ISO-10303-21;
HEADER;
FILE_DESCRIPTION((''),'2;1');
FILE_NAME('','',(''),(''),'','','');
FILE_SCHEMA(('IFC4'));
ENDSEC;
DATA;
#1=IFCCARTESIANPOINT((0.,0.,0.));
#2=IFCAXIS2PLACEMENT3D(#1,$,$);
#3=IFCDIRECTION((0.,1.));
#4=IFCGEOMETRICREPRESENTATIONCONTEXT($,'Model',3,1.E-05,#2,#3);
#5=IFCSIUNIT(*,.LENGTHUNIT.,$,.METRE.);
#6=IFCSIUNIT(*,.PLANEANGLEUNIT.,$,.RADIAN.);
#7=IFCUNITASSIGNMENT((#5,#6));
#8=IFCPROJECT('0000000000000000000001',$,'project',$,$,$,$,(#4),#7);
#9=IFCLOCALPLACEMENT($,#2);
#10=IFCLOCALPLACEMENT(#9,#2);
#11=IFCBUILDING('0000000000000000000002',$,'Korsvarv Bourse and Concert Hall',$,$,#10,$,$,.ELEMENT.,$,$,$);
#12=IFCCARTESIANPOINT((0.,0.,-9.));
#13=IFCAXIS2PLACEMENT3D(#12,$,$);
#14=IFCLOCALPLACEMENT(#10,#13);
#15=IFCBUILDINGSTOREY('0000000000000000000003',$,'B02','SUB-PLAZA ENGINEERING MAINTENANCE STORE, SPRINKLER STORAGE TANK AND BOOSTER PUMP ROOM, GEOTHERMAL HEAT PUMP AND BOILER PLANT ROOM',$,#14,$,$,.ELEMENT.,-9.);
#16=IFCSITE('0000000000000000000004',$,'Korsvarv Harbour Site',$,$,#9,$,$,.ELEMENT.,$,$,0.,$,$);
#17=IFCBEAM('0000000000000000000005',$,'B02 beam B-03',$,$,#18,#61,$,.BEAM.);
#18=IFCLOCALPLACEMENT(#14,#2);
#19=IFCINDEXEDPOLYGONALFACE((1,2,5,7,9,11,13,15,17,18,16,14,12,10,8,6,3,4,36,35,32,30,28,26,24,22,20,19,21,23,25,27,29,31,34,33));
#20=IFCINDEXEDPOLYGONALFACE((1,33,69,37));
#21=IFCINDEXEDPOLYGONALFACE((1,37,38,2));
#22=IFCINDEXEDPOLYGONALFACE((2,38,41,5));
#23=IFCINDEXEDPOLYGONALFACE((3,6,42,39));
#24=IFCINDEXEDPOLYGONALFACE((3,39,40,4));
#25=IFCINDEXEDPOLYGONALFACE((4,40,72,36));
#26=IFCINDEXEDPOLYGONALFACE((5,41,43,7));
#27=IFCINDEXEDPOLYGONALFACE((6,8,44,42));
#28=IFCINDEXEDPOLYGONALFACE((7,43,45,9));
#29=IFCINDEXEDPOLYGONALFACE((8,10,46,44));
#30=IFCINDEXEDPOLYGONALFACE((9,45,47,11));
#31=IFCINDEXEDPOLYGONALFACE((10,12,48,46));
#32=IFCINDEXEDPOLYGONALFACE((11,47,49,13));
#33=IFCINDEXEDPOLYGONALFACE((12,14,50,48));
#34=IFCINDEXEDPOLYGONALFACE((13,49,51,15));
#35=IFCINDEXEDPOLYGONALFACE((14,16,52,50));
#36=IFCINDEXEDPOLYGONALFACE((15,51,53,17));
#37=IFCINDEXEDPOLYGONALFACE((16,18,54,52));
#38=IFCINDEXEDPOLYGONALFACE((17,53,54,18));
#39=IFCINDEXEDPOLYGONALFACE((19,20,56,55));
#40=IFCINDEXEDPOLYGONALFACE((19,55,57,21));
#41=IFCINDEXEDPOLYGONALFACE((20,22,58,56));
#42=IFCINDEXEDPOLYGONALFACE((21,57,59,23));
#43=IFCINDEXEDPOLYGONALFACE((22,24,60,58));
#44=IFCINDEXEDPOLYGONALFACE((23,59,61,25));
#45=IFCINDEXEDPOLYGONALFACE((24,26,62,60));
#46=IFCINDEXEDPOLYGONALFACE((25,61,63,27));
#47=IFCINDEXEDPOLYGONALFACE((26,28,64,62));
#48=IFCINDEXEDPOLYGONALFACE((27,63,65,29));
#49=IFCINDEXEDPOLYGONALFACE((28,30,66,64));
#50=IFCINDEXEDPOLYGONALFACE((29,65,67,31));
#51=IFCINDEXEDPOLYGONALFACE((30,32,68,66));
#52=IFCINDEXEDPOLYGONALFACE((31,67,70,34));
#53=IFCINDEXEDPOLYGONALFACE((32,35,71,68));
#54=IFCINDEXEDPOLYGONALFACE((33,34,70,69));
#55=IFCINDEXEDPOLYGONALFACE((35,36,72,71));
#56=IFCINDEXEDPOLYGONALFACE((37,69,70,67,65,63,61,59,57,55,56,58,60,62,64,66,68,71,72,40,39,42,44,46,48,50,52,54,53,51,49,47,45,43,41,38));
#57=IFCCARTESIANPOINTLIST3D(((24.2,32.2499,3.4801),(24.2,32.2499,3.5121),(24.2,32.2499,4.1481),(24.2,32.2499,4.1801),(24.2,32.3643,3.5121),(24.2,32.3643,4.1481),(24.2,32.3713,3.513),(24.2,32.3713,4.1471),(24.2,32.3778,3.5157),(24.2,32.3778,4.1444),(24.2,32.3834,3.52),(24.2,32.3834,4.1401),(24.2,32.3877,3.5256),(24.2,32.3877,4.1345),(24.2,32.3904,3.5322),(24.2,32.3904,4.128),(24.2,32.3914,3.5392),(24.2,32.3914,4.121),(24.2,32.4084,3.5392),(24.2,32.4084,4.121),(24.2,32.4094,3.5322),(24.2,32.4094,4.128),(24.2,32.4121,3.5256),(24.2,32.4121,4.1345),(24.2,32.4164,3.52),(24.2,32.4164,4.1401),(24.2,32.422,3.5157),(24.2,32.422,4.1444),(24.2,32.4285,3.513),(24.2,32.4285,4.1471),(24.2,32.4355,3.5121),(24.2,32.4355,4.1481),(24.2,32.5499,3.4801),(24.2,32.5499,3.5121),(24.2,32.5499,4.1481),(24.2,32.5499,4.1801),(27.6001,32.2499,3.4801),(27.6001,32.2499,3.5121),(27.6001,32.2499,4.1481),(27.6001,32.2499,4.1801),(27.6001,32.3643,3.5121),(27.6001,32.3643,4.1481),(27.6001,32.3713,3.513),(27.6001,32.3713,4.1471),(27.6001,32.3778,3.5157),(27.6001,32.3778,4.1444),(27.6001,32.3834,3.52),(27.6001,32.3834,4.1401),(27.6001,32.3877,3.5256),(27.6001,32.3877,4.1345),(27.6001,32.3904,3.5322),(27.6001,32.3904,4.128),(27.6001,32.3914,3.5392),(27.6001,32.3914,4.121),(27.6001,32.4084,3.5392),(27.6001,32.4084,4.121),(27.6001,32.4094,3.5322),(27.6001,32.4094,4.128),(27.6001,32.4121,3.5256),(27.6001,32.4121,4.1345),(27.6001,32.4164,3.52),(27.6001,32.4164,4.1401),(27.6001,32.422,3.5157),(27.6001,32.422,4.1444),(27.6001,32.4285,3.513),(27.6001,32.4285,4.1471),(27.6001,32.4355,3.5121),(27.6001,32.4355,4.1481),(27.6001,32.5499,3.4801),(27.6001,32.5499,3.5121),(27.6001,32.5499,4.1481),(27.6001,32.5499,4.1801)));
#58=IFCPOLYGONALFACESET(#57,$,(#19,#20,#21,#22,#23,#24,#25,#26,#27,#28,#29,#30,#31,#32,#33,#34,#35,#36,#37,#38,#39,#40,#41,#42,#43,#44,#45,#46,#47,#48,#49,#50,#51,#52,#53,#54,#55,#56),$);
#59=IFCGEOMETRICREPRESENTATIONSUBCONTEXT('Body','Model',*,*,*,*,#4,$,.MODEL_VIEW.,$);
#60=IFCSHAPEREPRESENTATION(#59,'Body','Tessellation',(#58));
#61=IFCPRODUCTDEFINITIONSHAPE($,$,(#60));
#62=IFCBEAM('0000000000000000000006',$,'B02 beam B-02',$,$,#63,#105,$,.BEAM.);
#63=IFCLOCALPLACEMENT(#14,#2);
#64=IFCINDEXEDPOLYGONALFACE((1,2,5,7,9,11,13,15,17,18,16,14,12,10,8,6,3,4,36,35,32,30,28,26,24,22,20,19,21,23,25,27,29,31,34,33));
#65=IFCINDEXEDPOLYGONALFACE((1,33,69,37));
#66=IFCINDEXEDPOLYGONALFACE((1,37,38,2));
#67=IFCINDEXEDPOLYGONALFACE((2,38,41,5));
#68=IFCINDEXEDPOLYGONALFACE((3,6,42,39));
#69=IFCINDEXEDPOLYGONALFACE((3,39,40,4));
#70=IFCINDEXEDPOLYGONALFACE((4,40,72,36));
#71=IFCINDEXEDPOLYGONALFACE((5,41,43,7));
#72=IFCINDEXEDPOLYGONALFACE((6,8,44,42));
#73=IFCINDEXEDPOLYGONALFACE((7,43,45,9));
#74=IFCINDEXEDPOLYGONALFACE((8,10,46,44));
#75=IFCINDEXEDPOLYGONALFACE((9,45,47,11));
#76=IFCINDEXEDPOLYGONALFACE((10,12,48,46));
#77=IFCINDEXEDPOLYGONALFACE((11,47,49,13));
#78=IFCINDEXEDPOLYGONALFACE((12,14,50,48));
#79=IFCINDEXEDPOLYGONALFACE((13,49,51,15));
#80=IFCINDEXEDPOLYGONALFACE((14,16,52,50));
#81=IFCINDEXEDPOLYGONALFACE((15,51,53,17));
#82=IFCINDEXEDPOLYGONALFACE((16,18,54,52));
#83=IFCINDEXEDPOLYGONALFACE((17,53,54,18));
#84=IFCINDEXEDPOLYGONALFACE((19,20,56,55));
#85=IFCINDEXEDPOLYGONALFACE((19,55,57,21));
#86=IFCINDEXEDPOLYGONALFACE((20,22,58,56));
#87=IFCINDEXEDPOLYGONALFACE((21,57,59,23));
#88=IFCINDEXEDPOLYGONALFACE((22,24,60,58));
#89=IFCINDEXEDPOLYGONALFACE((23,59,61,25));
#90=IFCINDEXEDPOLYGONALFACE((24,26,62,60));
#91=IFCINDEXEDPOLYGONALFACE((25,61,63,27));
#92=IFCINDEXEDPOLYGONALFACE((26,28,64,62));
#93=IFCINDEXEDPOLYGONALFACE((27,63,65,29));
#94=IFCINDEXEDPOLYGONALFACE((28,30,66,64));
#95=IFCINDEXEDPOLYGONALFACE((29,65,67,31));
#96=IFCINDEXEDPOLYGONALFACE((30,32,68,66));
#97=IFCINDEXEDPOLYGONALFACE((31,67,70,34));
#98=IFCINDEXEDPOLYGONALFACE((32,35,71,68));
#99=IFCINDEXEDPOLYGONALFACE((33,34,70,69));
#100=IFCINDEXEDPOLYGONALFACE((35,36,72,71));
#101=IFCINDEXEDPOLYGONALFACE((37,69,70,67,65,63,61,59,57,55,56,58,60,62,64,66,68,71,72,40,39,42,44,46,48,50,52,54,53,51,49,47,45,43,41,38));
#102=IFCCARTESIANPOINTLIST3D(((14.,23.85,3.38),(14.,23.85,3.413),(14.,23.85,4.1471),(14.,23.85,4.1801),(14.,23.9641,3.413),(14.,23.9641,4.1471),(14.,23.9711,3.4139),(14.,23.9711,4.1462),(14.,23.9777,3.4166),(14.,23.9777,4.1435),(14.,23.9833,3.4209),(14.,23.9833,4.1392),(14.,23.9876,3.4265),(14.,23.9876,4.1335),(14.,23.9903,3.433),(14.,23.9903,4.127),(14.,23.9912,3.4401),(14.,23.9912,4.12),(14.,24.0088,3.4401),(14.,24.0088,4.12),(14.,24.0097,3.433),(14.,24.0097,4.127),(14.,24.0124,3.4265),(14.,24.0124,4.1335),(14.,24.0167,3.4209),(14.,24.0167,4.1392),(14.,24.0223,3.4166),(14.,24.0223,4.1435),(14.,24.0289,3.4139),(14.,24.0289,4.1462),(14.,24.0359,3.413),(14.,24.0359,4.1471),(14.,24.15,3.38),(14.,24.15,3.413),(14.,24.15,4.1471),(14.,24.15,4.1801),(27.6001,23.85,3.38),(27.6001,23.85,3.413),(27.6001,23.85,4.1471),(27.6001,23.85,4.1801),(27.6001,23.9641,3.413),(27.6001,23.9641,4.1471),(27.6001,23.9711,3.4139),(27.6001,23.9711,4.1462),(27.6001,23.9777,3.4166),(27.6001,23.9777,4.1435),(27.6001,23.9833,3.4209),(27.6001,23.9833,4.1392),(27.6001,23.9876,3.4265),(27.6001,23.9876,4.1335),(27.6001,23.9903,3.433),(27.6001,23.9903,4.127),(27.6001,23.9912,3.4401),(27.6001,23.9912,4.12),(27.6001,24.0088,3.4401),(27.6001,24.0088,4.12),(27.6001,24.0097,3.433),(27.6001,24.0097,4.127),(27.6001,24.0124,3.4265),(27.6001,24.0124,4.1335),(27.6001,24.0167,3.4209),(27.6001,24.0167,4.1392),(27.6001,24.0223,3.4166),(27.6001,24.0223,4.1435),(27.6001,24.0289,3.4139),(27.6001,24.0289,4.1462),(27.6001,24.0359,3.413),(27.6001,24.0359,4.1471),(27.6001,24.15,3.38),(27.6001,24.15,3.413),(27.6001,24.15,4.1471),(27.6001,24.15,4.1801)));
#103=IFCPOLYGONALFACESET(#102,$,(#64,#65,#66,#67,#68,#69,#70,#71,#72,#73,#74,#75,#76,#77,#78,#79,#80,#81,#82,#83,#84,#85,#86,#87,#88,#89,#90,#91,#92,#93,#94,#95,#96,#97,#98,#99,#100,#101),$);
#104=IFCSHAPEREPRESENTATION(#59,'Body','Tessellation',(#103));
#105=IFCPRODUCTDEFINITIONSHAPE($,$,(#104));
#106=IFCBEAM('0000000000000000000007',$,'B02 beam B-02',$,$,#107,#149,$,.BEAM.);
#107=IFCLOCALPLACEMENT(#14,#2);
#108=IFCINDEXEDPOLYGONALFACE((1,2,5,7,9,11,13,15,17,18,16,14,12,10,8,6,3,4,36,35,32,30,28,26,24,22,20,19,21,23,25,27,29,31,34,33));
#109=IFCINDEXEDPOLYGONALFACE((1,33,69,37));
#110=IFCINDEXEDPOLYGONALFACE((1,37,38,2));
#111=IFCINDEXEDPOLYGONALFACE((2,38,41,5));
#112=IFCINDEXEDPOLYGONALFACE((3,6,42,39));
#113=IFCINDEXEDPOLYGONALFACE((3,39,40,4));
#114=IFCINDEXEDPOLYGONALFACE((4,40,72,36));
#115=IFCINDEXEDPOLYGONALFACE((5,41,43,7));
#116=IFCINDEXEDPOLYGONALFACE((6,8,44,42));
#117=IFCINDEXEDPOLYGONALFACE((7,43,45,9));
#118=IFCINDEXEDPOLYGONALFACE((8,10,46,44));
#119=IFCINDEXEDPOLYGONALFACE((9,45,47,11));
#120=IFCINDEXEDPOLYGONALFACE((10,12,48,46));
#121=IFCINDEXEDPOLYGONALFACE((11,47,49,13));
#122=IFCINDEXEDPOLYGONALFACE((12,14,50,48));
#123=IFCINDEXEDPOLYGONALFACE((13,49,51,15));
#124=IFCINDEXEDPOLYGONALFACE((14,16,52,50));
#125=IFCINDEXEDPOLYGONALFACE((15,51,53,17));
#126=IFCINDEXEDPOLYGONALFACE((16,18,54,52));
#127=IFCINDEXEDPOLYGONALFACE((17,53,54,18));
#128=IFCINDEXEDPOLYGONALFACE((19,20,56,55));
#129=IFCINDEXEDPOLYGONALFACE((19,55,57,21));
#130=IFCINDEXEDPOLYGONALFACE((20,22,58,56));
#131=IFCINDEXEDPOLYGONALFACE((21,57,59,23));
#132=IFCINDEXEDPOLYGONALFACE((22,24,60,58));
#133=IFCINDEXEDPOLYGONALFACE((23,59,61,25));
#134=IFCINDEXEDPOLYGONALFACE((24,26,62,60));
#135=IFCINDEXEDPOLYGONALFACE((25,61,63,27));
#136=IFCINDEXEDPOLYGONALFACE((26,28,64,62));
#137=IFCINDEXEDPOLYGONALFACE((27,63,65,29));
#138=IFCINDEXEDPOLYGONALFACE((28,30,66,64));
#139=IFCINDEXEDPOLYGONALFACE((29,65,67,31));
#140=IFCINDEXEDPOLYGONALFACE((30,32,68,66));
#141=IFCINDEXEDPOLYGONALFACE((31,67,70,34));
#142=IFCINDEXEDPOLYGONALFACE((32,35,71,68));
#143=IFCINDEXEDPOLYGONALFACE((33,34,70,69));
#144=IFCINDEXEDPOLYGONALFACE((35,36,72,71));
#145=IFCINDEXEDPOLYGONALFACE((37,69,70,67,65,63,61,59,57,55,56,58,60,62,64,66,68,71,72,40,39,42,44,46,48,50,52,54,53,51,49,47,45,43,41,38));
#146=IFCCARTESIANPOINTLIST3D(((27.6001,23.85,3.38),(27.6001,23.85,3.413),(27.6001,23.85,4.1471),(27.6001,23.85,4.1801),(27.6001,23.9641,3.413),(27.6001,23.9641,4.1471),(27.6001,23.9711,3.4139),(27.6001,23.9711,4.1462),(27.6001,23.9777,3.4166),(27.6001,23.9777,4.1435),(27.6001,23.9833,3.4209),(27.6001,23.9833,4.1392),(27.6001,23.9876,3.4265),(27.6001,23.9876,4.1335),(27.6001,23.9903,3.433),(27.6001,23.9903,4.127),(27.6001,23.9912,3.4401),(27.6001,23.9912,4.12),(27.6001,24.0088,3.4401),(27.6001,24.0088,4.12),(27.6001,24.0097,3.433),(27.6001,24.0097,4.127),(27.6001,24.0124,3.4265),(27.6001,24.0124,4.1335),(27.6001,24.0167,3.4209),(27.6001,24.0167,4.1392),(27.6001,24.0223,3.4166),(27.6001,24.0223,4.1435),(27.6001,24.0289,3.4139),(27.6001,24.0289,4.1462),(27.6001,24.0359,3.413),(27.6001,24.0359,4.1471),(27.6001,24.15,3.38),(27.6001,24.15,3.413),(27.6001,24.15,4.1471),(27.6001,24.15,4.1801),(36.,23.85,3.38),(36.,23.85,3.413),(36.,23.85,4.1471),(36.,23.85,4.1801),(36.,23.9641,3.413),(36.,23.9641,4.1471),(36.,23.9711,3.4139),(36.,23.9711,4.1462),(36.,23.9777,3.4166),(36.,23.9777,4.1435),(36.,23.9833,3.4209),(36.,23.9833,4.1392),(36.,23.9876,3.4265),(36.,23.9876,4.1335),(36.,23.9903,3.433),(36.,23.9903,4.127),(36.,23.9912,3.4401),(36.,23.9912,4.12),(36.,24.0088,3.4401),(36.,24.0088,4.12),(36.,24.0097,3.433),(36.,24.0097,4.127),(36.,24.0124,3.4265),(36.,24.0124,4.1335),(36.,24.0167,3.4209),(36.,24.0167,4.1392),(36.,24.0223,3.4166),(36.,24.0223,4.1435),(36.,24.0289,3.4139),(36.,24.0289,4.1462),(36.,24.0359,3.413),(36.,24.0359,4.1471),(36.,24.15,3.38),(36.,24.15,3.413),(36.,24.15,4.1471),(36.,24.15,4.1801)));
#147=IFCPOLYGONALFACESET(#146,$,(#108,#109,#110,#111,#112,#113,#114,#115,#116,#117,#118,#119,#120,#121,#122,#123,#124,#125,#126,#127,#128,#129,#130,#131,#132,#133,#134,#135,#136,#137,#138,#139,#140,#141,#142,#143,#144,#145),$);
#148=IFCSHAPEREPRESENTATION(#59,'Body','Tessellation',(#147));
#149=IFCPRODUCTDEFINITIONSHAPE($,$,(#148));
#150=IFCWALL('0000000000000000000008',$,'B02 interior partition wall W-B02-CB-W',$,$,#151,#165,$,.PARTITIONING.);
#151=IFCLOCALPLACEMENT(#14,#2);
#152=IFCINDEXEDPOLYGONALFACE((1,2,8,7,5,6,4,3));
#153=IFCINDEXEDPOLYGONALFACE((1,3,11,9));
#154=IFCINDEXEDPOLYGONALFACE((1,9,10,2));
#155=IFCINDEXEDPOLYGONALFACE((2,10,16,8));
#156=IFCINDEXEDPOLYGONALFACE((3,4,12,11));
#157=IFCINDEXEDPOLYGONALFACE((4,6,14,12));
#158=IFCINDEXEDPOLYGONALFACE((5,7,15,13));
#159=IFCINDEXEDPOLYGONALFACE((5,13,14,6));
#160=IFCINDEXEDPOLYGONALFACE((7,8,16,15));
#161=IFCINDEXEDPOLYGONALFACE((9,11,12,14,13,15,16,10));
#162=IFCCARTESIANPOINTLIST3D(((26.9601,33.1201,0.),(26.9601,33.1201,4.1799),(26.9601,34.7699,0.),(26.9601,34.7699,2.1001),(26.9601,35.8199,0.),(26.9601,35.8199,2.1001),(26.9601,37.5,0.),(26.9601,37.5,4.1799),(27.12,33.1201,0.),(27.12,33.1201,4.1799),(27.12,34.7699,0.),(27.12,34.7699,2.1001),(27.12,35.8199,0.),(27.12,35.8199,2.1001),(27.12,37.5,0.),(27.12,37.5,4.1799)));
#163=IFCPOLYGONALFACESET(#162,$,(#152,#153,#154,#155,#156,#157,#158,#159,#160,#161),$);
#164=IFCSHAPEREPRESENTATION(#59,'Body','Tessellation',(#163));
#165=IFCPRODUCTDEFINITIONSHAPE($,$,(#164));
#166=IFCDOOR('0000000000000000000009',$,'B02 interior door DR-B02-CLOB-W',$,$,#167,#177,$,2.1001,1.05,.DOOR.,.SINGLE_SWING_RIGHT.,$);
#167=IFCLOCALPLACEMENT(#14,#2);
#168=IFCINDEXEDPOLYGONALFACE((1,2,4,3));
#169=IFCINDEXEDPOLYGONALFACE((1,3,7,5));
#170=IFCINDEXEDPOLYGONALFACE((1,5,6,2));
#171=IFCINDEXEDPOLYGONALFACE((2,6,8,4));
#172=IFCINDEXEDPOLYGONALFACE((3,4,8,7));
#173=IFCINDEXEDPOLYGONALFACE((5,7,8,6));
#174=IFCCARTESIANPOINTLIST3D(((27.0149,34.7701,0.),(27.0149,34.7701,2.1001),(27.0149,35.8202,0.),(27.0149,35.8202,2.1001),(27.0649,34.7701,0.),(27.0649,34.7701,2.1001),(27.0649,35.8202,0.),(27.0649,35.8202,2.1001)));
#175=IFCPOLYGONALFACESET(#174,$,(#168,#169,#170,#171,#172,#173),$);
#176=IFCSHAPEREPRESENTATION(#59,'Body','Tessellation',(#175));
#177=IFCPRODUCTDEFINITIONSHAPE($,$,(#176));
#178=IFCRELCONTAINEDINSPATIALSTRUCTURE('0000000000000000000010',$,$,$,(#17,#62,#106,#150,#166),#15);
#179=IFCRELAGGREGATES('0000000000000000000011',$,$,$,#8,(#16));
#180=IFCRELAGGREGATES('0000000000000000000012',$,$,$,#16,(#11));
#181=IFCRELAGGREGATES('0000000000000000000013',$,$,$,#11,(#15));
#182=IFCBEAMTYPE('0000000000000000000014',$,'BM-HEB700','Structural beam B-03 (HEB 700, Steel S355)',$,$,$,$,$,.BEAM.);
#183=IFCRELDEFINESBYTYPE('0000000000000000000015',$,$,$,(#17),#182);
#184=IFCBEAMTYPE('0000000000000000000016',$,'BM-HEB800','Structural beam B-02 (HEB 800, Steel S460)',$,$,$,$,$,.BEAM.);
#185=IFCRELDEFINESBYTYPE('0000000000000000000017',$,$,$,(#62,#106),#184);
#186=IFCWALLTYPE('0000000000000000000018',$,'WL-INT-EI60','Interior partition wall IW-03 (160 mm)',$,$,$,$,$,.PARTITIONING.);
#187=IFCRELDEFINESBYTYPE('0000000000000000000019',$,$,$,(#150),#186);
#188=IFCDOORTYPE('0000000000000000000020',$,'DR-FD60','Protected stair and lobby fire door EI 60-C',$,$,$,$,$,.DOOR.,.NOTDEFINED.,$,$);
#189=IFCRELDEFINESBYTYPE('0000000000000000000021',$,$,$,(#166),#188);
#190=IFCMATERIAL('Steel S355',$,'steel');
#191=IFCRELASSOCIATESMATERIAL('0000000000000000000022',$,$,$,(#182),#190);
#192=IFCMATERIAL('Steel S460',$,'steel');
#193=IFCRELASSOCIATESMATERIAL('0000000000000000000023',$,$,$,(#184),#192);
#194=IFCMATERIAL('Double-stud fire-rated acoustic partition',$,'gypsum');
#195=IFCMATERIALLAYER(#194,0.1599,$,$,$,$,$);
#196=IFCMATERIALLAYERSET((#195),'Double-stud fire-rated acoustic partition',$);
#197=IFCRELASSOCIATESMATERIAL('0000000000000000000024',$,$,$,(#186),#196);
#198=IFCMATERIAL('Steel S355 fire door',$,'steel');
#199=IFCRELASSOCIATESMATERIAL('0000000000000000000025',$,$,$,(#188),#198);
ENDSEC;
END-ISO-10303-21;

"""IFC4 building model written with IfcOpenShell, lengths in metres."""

from ifc_helpers import new_model, si_unit, direction, frame, frame_2d, origin, origin_2d, place, context, subcontext, project, spatial, rectangle, i_section, extrude, source, transform, mapped, material, layer, layer_set, material_profile, profile_set, type_object, element, fill, save


model = new_model("IFC4")

# Units and contexts
model_context = context("Model", 3, precision=1e-05, world=origin(), true_north=direction((0.0, 1.0)))
body_context = subcontext(model_context, "Body", "Model", "MODEL_VIEW")
ifc_project = project(units=[si_unit("LENGTHUNIT", "METRE"), si_unit("PLANEANGLEUNIT", "RADIAN")], contexts=[model_context])

# Site, building, storey
site_placement = place(None, origin())
site = spatial("IfcSite", under=ifc_project, at=site_placement, Name="Korsvarv Harbour Site", CompositionType="ELEMENT", RefElevation=0.0)
building_placement = place(site_placement, origin())
building = spatial("IfcBuilding", under=site, at=building_placement, Name="Korsvarv Bourse and Concert Hall", CompositionType="ELEMENT")
storey_placement = place(building_placement, frame((0.0, 0.0, -9.0)))
storey = spatial("IfcBuildingStorey", under=building, at=storey_placement, Name="B02", Description="SUB-PLAZA ENGINEERING MAINTENANCE STORE, SPRINKLER STORAGE TANK AND BOOSTER PUMP ROOM, GEOTHERMAL HEAT PUMP AND BOILER PLANT ROOM", CompositionType="ELEMENT", Elevation=-9.0)

# Shared definitions
ifc_material_1 = material(Name="Steel S460", Category="steel")

# Beams
ifc_material_2 = material(Name="Steel S355", Category="steel")
ifc_material_profile_1 = material_profile(ifc_material_2, i_section(OverallWidth=0.3, OverallDepth=0.7, WebThickness=0.0171, FlangeThickness=0.032, FilletRadius=0.0271, at=origin_2d()), Name="HEB 700")
ifc_profile_set_1 = profile_set([ifc_material_profile_1], Name="Steel S355")
beam_type_1 = type_object("IfcBeamType", Name="BM-HEB700", Description="Structural beam B-03 (HEB 700, Steel S355)", PredefinedType="BEAM", material=ifc_profile_set_1)
shared_shape_1 = source(origin(), body_context, "Body", "SweptSolid", [
    extrude(i_section(OverallWidth=0.3, OverallDepth=0.7, WebThickness=0.0171, FlangeThickness=0.032, FilletRadius=0.0271, at=origin_2d()), origin(), (0.0, 0.0, 1.0), 3.4001),
])
beam_1_placement = place(storey_placement, frame((24.2, 32.3999, 3.8301), z_axis=(1.0, 0.0, 0.0), x_axis=(0.0, 1.0, 0.0)))
element("IfcBeam", 1, at=beam_1_placement, inside=storey, type_object=beam_type_1, Name="B02 beam B-03", PredefinedType="BEAM", context=body_context, shape_type="MappedRepresentation", body=[
    mapped(shared_shape_1, transform((0.0, 0.0, 0.0), scale=1.0)),
])
ifc_material_profile_2 = material_profile(ifc_material_1, i_section(OverallWidth=0.3, OverallDepth=0.8, WebThickness=0.0176, FlangeThickness=0.033, FilletRadius=0.0271, at=origin_2d()), Name="HEB 800")
ifc_profile_set_2 = profile_set([ifc_material_profile_2], Name="Steel S460")
beam_type_2 = type_object("IfcBeamType", Name="BM-HEB800", Description="Structural beam B-02 (HEB 800, Steel S460)", PredefinedType="BEAM", material=ifc_profile_set_2)
shared_shape_2 = source(origin(), body_context, "Body", "SweptSolid", [
    extrude(i_section(OverallWidth=0.3, OverallDepth=0.8, WebThickness=0.0176, FlangeThickness=0.033, FilletRadius=0.0271, at=origin_2d()), origin(), (0.0, 0.0, 1.0), 13.6001),
])
beam_2_placement = place(storey_placement, frame((14.0, 24.0, 3.78), z_axis=(1.0, 0.0, 0.0), x_axis=(0.0, 1.0, 0.0)))
element("IfcBeam", 2, at=beam_2_placement, inside=storey, type_object=beam_type_2, Name="B02 beam B-02", PredefinedType="BEAM", context=body_context, shape_type="MappedRepresentation", body=[
    mapped(shared_shape_2, transform((0.0, 0.0, 0.0), scale=1.0)),
])
shared_shape_3 = source(origin(), body_context, "Body", "SweptSolid", [
    extrude(i_section(OverallWidth=0.3, OverallDepth=0.8, WebThickness=0.0176, FlangeThickness=0.033, FilletRadius=0.0271, at=origin_2d()), origin(), (0.0, 0.0, 1.0), 8.3999),
])
beam_3_placement = place(storey_placement, frame((27.6001, 24.0, 3.78), z_axis=(1.0, 0.0, 0.0), x_axis=(0.0, 1.0, 0.0)))
element("IfcBeam", 3, at=beam_3_placement, inside=storey, type_object=beam_type_2, Name="B02 beam B-02", PredefinedType="BEAM", context=body_context, shape_type="MappedRepresentation", body=[
    mapped(shared_shape_3, transform((0.0, 0.0, 0.0), scale=1.0)),
])

# Wall, opening, door
ifc_material_3 = material(Name="Double-stud fire-rated acoustic partition", Category="gypsum")
ifc_layer = layer(ifc_material_3, 0.1599)
ifc_layer_set = layer_set([ifc_layer], Name="Double-stud fire-rated acoustic partition")
wall_type = type_object("IfcWallType", Name="WL-INT-EI60", Description="Interior partition wall IW-03 (160 mm)", PredefinedType="PARTITIONING", material=ifc_layer_set)
wall_1_placement = place(storey_placement, frame((27.04, 33.1201, 0.0), z_axis=(0.0, 0.0, 1.0), x_axis=(0.0, 1.0, 0.0)))
wall_1 = element("IfcWall", 4, at=wall_1_placement, inside=storey, type_object=wall_type, Name="B02 interior partition wall W-B02-CB-W", PredefinedType="PARTITIONING", context=body_context, shape_type="SweptSolid", body=[
    extrude(rectangle(XDim=4.3799, YDim=0.1599, at=frame_2d((2.1899, 0.0))), origin(), (0.0, 0.0, 1.0), 4.1799),
])
opening_1_placement = place(wall_1_placement, frame((1.6499, 0.0, 0.0)))
opening_1 = element("IfcOpeningElement", 5, at=opening_1_placement, cuts=wall_1, PredefinedType="OPENING", context=body_context, shape_type="SweptSolid", body=[
    extrude(rectangle(XDim=1.05, YDim=2.1001, at=frame_2d((0.5249, 1.05))), frame((0.0, 0.0898, 0.0), z_axis=(0.0, -1.0, 0.0), x_axis=(1.0, 0.0, 0.0)), (0.0, 0.0, 1.0), 0.1799),
])
ifc_material_4 = material(Name="Steel S355 fire door", Category="steel")
door_type_1 = type_object("IfcDoorType", Name="DR-FD60", Description="Protected stair and lobby fire door EI 60-C", OperationType="NOTDEFINED", PredefinedType="DOOR", material=ifc_material_4)
door_1_placement = place(opening_1_placement, frame((1.05, 0.0, 0.0), z_axis=(0.0, 0.0, 1.0), x_axis=(-1.0, 0.0, 0.0)))
door_1 = element("IfcDoor", 6, at=door_1_placement, inside=storey, type_object=door_type_1, Name="B02 interior door DR-B02-CLOB-W", OperationType="SINGLE_SWING_RIGHT", OverallHeight=2.1001, OverallWidth=1.05, PredefinedType="DOOR", context=body_context, shape_type="SweptSolid", body=[
    extrude(rectangle(XDim=1.05, YDim=2.1001, at=frame_2d((0.5249, 1.05))), frame((0.0, 0.0249, 0.0), z_axis=(0.0, -1.0, 0.0), x_axis=(1.0, 0.0, 0.0)), (0.0, 0.0, 1.0), 0.05),
])
fill(opening_1, door_1)

save(model, "model.ifc")
